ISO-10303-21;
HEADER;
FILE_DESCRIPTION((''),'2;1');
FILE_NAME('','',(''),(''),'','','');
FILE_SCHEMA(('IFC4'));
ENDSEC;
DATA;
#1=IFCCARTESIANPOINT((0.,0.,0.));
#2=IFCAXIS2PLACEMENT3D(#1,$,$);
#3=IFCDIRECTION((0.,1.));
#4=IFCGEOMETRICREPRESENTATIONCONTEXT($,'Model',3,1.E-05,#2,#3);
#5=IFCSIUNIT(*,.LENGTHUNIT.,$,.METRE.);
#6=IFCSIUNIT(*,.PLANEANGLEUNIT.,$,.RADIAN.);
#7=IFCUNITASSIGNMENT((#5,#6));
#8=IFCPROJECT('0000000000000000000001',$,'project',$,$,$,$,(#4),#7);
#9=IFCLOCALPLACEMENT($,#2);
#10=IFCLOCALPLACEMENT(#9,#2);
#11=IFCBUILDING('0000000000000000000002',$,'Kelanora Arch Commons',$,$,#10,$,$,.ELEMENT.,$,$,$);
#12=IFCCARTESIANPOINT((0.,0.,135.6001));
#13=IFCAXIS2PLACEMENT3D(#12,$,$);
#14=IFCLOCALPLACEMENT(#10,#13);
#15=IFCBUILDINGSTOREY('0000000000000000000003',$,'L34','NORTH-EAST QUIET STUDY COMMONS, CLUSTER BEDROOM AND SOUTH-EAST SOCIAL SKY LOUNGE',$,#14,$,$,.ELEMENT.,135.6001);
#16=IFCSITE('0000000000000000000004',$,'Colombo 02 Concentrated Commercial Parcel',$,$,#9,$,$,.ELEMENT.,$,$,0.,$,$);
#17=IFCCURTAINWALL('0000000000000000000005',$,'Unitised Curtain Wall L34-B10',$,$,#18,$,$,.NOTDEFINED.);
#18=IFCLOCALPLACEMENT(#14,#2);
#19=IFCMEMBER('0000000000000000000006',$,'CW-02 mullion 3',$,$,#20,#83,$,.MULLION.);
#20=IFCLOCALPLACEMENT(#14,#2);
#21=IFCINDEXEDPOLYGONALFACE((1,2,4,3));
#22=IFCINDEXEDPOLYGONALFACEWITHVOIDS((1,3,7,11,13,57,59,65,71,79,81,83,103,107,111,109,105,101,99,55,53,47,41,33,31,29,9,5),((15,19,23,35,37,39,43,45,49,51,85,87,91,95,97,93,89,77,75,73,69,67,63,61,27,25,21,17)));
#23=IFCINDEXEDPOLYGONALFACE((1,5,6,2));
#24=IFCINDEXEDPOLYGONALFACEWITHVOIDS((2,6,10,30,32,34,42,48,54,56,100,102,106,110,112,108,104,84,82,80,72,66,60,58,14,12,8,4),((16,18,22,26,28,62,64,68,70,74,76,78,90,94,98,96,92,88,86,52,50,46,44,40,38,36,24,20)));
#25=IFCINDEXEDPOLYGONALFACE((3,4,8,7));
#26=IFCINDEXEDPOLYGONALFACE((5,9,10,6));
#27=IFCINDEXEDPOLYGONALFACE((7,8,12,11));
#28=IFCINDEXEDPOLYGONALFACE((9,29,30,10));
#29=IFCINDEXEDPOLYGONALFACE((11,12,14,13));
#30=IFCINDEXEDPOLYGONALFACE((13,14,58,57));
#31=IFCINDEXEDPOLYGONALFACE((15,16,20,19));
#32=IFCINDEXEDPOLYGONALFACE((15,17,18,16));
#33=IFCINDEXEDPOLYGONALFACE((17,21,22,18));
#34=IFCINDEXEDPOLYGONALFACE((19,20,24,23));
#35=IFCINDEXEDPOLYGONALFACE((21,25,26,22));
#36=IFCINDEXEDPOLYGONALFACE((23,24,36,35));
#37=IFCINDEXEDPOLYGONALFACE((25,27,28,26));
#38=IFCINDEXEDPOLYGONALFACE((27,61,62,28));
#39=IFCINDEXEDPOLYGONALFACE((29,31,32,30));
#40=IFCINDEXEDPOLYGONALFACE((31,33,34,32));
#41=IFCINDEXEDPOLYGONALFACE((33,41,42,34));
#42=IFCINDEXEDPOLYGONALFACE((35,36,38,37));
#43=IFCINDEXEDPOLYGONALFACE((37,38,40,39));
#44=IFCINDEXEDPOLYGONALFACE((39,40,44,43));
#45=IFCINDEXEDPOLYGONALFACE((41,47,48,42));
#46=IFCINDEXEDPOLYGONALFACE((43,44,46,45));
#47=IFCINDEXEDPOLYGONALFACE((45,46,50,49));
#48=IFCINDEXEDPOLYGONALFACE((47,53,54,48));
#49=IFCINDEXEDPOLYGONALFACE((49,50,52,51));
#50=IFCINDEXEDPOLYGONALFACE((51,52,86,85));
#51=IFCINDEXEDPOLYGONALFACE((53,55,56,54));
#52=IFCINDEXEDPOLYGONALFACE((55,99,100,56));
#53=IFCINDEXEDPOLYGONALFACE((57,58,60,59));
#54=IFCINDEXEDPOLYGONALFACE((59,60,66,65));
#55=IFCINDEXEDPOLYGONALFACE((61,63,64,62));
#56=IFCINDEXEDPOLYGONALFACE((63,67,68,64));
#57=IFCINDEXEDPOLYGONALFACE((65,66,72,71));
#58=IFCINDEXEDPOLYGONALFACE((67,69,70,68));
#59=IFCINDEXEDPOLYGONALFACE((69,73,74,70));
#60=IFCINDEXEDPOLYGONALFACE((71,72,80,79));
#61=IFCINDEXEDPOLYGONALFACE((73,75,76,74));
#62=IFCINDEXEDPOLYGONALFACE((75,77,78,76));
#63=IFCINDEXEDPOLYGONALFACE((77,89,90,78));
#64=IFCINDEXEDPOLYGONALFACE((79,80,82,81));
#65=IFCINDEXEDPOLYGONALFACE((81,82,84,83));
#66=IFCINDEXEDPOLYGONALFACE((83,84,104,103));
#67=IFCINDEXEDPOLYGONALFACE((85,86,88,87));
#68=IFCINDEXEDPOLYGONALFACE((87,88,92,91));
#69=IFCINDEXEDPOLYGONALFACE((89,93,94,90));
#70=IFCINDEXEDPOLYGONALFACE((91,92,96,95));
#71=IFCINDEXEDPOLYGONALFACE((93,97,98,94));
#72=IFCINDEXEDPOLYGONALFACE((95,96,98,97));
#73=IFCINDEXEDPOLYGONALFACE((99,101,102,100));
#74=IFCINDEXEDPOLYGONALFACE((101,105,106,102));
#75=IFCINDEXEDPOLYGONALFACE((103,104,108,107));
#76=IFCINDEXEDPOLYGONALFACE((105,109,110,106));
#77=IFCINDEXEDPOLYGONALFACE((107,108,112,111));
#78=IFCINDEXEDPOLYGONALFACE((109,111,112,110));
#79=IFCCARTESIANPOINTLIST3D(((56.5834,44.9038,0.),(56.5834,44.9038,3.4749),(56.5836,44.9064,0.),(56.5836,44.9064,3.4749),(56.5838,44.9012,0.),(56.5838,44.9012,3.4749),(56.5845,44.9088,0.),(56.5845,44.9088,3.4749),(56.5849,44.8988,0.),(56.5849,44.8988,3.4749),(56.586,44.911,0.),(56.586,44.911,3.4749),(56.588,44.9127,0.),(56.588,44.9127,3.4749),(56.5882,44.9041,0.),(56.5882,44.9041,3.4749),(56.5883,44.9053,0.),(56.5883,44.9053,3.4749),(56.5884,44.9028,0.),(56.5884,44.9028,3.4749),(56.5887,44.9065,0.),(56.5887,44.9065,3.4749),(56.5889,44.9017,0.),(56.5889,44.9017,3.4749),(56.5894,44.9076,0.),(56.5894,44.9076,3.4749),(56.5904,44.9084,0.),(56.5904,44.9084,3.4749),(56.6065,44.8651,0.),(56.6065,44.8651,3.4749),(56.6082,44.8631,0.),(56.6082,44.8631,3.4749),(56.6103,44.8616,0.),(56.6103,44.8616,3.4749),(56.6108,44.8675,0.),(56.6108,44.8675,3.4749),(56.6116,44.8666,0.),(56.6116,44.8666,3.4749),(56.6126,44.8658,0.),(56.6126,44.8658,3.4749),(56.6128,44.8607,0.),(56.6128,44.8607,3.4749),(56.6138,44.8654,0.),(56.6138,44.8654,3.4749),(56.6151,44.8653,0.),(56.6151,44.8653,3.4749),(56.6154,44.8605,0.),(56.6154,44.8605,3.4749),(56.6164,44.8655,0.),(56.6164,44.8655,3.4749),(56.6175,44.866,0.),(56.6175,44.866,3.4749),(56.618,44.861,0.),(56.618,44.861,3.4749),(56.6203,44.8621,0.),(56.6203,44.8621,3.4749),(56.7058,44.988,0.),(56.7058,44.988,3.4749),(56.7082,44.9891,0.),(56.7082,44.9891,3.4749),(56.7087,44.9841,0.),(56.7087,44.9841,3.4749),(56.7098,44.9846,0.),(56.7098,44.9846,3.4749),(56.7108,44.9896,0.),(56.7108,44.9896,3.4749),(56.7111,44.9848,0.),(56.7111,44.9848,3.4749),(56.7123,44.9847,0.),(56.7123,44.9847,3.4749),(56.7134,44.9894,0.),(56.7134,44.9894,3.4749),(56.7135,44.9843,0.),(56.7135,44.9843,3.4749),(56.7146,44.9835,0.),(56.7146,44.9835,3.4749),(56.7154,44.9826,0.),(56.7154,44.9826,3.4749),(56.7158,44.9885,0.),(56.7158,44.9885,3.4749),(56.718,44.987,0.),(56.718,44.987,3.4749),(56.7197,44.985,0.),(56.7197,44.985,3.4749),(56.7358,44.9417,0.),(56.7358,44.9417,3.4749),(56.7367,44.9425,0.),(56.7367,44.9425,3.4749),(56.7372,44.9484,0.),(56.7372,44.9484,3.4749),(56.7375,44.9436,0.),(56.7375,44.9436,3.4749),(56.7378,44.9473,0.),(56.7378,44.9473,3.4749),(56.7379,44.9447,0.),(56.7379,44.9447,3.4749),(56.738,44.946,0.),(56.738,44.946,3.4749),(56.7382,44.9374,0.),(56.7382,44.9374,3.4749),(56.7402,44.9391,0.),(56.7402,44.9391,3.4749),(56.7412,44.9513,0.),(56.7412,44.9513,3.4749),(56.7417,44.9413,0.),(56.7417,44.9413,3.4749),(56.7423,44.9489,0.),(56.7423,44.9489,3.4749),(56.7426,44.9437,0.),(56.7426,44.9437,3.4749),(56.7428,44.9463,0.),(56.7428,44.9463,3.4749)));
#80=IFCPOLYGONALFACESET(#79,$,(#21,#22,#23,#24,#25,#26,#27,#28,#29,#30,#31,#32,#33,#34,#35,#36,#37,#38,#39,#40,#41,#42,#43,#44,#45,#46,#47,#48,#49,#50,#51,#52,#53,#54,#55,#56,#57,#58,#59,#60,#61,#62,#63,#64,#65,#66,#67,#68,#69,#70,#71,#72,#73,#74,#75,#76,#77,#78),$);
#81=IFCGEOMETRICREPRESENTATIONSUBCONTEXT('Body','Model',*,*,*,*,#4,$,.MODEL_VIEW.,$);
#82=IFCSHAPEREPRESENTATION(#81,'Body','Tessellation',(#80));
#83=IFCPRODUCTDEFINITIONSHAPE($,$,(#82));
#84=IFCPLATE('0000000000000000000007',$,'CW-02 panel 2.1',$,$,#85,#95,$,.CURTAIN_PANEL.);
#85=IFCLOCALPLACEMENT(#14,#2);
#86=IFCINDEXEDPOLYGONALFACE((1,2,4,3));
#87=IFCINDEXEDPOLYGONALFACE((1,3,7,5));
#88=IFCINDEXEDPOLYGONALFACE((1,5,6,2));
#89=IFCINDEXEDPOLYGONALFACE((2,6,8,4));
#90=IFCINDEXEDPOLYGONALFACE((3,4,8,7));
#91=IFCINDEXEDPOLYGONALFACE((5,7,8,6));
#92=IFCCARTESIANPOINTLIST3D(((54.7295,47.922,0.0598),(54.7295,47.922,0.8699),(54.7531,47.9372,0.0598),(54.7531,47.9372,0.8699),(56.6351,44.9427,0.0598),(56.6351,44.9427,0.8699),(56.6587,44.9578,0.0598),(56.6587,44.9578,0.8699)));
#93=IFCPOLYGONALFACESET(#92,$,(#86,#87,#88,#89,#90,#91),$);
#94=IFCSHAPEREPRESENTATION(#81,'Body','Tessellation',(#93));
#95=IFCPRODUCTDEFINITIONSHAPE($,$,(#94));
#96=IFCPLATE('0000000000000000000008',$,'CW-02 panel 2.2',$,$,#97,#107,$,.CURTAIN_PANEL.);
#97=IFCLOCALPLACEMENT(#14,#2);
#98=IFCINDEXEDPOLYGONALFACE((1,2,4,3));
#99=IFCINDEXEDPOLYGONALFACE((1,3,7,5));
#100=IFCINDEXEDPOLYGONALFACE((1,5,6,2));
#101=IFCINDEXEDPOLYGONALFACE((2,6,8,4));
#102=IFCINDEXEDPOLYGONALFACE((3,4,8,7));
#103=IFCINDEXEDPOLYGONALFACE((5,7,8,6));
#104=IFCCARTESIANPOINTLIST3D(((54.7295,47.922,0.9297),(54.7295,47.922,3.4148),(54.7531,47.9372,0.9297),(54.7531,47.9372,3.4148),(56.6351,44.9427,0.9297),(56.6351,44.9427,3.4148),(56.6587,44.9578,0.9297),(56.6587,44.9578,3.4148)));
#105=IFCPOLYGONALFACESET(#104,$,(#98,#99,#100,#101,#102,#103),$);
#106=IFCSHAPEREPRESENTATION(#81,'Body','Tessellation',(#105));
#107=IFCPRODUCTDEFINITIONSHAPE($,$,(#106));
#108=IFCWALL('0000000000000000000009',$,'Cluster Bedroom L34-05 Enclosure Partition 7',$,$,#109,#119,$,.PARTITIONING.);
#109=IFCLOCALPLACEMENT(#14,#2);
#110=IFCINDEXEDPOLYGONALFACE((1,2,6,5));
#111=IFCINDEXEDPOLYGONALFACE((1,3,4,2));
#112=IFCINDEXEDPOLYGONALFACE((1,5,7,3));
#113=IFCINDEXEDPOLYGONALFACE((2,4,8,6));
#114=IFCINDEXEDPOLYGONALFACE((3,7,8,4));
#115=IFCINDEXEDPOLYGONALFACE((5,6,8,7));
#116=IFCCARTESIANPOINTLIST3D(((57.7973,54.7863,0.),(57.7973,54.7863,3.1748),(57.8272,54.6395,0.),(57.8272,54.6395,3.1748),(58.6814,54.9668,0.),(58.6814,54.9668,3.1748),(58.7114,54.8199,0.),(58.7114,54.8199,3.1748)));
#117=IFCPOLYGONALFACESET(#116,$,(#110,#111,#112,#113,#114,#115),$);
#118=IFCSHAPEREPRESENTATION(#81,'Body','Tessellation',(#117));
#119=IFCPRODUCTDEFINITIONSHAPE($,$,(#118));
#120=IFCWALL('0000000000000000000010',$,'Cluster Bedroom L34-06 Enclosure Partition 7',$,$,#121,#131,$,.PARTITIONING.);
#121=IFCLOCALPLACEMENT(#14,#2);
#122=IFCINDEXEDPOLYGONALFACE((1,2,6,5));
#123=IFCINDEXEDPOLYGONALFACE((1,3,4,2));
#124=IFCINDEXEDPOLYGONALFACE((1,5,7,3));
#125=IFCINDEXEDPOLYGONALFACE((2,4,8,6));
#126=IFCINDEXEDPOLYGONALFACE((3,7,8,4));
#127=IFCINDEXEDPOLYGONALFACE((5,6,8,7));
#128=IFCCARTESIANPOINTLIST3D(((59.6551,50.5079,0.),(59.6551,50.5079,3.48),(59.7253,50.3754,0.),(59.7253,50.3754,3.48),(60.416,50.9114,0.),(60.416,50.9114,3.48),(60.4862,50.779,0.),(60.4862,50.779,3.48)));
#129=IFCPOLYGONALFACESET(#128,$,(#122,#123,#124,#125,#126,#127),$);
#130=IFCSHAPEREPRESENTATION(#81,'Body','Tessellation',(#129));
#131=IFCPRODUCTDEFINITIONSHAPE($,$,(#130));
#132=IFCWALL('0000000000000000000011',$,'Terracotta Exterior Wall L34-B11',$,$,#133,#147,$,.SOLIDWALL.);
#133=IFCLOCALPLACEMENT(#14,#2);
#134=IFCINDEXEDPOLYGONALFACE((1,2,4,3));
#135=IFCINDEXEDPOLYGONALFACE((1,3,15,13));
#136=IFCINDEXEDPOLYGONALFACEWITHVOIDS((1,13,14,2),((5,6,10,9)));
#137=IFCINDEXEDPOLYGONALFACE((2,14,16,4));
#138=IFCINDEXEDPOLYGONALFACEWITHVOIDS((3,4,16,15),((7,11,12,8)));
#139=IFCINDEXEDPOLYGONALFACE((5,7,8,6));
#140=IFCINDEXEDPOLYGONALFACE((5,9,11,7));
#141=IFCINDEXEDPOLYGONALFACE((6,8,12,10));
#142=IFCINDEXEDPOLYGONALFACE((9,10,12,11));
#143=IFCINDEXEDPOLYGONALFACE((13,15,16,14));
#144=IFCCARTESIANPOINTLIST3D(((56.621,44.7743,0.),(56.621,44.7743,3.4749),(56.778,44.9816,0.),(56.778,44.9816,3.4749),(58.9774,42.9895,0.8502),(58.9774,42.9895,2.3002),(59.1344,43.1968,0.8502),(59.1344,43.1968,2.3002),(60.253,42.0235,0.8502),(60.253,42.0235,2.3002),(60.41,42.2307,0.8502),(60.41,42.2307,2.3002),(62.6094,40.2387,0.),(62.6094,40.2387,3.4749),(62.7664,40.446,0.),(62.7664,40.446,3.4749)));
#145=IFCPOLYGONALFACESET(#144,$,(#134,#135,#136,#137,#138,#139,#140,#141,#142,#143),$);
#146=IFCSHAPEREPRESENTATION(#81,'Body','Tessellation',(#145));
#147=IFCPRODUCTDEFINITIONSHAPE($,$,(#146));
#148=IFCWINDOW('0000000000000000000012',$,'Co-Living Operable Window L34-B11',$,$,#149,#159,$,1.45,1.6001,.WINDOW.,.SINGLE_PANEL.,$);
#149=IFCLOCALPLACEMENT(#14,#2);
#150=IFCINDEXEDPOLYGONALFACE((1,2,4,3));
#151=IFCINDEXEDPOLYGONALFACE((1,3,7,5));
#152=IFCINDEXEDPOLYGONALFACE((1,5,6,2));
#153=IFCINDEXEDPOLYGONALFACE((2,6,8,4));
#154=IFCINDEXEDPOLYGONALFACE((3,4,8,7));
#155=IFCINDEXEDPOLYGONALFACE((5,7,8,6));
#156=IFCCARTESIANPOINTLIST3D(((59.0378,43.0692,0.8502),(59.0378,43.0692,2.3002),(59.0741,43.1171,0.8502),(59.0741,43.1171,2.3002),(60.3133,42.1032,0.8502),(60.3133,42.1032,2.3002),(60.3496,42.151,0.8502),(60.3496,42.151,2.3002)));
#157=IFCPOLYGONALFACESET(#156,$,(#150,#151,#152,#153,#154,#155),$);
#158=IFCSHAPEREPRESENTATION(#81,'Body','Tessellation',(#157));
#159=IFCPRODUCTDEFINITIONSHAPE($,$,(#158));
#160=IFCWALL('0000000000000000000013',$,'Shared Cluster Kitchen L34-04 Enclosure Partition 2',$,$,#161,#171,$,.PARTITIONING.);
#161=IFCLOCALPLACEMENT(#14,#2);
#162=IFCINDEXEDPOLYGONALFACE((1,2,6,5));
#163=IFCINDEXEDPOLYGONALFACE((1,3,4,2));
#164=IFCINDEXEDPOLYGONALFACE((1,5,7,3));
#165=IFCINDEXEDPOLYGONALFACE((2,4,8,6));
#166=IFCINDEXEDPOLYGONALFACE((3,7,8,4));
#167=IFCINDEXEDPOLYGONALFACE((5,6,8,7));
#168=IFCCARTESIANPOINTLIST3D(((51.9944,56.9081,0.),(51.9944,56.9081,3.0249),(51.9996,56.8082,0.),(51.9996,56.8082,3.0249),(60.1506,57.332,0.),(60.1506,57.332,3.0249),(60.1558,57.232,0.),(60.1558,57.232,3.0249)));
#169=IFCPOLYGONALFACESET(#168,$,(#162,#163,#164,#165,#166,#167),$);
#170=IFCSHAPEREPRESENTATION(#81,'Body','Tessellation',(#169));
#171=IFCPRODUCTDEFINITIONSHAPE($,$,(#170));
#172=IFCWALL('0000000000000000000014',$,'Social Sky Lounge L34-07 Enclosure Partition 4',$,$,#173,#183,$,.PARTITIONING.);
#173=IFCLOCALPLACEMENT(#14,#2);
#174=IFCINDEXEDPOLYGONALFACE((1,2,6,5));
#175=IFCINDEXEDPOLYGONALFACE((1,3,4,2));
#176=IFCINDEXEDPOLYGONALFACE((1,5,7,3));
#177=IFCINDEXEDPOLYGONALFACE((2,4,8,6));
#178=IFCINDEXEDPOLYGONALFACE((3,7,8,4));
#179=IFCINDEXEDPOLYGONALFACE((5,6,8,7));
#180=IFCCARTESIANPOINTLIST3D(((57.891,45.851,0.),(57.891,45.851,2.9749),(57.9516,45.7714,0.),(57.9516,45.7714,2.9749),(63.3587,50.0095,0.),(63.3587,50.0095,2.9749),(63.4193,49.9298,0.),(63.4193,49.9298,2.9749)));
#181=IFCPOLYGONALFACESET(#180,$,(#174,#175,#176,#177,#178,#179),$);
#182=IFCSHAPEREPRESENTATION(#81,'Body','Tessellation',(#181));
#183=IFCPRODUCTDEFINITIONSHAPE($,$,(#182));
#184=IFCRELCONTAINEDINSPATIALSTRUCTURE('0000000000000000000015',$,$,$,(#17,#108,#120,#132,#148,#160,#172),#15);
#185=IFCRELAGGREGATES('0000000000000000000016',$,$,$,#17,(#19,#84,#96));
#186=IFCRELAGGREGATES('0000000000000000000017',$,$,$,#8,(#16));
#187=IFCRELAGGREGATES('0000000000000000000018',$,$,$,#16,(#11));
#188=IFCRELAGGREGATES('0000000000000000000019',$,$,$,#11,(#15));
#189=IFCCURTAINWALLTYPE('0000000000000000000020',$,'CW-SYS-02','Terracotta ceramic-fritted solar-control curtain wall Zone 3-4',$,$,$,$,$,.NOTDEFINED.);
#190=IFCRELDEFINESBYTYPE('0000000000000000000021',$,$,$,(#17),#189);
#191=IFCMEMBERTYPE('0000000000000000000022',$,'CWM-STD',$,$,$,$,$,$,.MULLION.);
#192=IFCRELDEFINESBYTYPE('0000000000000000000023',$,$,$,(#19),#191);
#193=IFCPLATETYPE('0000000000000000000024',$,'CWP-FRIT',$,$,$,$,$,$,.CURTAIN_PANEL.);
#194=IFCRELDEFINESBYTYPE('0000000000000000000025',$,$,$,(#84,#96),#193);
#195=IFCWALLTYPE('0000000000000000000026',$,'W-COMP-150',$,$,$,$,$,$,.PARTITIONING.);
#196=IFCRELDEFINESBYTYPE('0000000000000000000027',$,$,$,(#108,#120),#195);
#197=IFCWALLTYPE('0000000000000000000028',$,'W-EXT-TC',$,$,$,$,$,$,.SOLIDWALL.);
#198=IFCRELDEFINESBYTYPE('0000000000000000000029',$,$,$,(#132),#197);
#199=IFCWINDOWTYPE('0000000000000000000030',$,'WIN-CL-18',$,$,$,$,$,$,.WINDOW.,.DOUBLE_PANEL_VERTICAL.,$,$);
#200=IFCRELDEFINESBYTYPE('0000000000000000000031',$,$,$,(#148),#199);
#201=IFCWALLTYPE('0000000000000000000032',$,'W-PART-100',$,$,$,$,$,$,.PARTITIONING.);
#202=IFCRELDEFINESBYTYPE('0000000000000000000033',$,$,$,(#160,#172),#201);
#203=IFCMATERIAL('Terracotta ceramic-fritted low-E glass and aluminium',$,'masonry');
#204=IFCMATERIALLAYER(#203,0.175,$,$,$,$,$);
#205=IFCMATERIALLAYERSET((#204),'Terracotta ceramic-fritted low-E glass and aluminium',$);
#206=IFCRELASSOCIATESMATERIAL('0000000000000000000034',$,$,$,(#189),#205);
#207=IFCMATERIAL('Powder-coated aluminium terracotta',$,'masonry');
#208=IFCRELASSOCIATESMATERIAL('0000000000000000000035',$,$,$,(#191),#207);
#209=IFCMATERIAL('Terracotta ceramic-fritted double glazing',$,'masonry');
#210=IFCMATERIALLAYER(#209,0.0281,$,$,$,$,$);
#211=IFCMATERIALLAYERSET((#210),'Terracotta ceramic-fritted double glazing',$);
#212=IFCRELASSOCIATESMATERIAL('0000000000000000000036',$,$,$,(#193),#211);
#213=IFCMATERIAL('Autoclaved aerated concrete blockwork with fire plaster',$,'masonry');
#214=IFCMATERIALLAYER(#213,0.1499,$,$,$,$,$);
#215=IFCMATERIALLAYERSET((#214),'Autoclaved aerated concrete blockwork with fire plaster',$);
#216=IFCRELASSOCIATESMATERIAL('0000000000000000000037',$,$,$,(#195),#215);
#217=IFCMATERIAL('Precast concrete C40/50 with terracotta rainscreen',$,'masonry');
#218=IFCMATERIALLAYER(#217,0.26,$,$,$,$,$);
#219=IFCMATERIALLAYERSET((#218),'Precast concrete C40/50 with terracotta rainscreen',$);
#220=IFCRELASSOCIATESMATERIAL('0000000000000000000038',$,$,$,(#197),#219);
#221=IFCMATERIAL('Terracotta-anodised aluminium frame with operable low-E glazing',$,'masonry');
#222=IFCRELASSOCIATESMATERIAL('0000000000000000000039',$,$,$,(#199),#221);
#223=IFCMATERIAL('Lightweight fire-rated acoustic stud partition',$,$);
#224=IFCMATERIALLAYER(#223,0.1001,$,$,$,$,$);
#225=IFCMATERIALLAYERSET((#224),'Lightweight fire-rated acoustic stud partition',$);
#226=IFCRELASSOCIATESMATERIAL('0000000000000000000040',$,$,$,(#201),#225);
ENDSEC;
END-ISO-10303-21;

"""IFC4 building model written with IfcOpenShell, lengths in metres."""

from ifc_helpers import new_model, si_unit, direction, frame, frame_2d, origin, origin_2d, place, context, subcontext, project, spatial, rectangle, hollow_rectangle, extrude, source, transform, mapped, material, layer, layer_set, material_profile, profile_set, type_object, element, fill, aggregate, save


model = new_model("IFC4")

# Units and contexts
model_context = context("Model", 3, precision=1e-05, world=origin(), true_north=direction((0.0, 1.0)))
body_context = subcontext(model_context, "Body", "Model", "MODEL_VIEW")
ifc_project = project(units=[si_unit("LENGTHUNIT", "METRE"), si_unit("PLANEANGLEUNIT", "RADIAN")], contexts=[model_context])

# Site, building, storey
site_placement = place(None, origin())
site = spatial("IfcSite", under=ifc_project, at=site_placement, Name="Colombo 02 Concentrated Commercial Parcel", CompositionType="ELEMENT", RefElevation=0.0)
building_placement = place(site_placement, origin())
building = spatial("IfcBuilding", under=site, at=building_placement, Name="Kelanora Arch Commons", CompositionType="ELEMENT")
storey_placement = place(building_placement, frame((0.0, 0.0, 135.6001)))
storey = spatial("IfcBuildingStorey", under=building, at=storey_placement, Name="L34", Description="NORTH-EAST QUIET STUDY COMMONS, CLUSTER BEDROOM AND SOUTH-EAST SOCIAL SKY LOUNGE", CompositionType="ELEMENT", Elevation=135.6001)

# Curtain wall, member, plates
ifc_material_1 = material(Name="Terracotta ceramic-fritted low-E glass and aluminium", Category="masonry")
ifc_layer_1 = layer(ifc_material_1, 0.175)
ifc_layer_set_1 = layer_set([ifc_layer_1], Name="Terracotta ceramic-fritted low-E glass and aluminium")
curtain_wall_type = type_object("IfcCurtainWallType", Name="CW-SYS-02", Description="Terracotta ceramic-fritted solar-control curtain wall Zone 3-4", PredefinedType="NOTDEFINED", material=ifc_layer_set_1)
curtain_wall_placement = place(storey_placement, origin())
curtain_wall = element("IfcCurtainWall", 1, at=curtain_wall_placement, inside=storey, type_object=curtain_wall_type, Name="Unitised Curtain Wall L34-B10", PredefinedType="NOTDEFINED")
ifc_material_2 = material(Name="Powder-coated aluminium terracotta", Category="masonry")
ifc_material_profile_1 = material_profile(ifc_material_2, hollow_rectangle(XDim=0.1599, YDim=0.0601, WallThickness=0.0049, InnerFilletRadius=0.0049, OuterFilletRadius=0.01, at=origin_2d()), Name="CWM160x60")
ifc_profile_set_1 = profile_set([ifc_material_profile_1], Name="Powder-coated aluminium terracotta")
member_type = type_object("IfcMemberType", Name="CWM-STD", PredefinedType="MULLION", material=ifc_profile_set_1)
member_placement = place(storey_placement, frame((56.6631, 44.925, 0.0), z_axis=(0.0, 0.0, 1.0), x_axis=(0.842423, 0.538817, 0.0)))
member = element("IfcMember", 2, at=member_placement, type_object=member_type, Name="CW-02 mullion 3", PredefinedType="MULLION", context=body_context, shape_type="SweptSolid", body=[
    extrude(hollow_rectangle(XDim=0.1599, YDim=0.0601, WallThickness=0.0049, InnerFilletRadius=0.0049, OuterFilletRadius=0.01, at=origin_2d()), origin(), (0.0, 0.0, 1.0), 3.4749),
])
ifc_material_3 = material(Name="Terracotta ceramic-fritted double glazing", Category="masonry")
ifc_layer_2 = layer(ifc_material_3, 0.0281)
ifc_layer_set_2 = layer_set([ifc_layer_2], Name="Terracotta ceramic-fritted double glazing")
plate_type = type_object("IfcPlateType", Name="CWP-FRIT", PredefinedType="CURTAIN_PANEL", material=ifc_layer_set_2)
shared_shape_1 = source(origin(), body_context, "Body", "SweptSolid", [
    extrude(rectangle(XDim=3.5366, YDim=0.0281, at=origin_2d()), origin(), (0.0, 0.0, 1.0), 0.8101),
])
plate_1_placement = place(storey_placement, frame((55.6941, 46.4399, 0.0598), z_axis=(0.0, 0.0, 1.0), x_axis=(0.538817, -0.842423, 0.0)))
plate_1 = element("IfcPlate", 3, at=plate_1_placement, type_object=plate_type, Name="CW-02 panel 2.1", PredefinedType="CURTAIN_PANEL", context=body_context, shape_type="MappedRepresentation", body=[
    mapped(shared_shape_1, transform((0.0, 0.0, 0.0), scale=1.0)),
])
shared_shape_2 = source(origin(), body_context, "Body", "SweptSolid", [
    extrude(rectangle(XDim=3.5366, YDim=0.0281, at=origin_2d()), origin(), (0.0, 0.0, 1.0), 2.4851),
])
plate_2_placement = place(storey_placement, frame((55.6941, 46.4399, 0.9297), z_axis=(0.0, 0.0, 1.0), x_axis=(0.538817, -0.842423, 0.0)))
plate_2 = element("IfcPlate", 4, at=plate_2_placement, type_object=plate_type, Name="CW-02 panel 2.2", PredefinedType="CURTAIN_PANEL", context=body_context, shape_type="MappedRepresentation", body=[
    mapped(shared_shape_2, transform((0.0, 0.0, 0.0), scale=1.0)),
])
aggregate(curtain_wall, [member, plate_1, plate_2])

# Walls
ifc_material_4 = material(Name="Autoclaved aerated concrete blockwork with fire plaster", Category="masonry")
ifc_layer_3 = layer(ifc_material_4, 0.1499)
ifc_layer_set_3 = layer_set([ifc_layer_3], Name="Autoclaved aerated concrete blockwork with fire plaster")
wall_type_1 = type_object("IfcWallType", Name="W-COMP-150", PredefinedType="PARTITIONING", material=ifc_layer_set_3)
wall_1_placement = place(storey_placement, frame((57.8123, 54.7129, 0.0), z_axis=(0.0, 0.0, 1.0), x_axis=(0.979803, 0.199965, 0.0)))
element("IfcWall", 5, at=wall_1_placement, inside=storey, type_object=wall_type_1, Name="Cluster Bedroom L34-05 Enclosure Partition 7", PredefinedType="PARTITIONING", context=body_context, shape_type="SweptSolid", body=[
    extrude(rectangle(XDim=0.9023, YDim=0.1499, at=frame_2d((0.4512, 0.0))), origin(), (0.0, 0.0, 1.0), 3.1748),
])
wall_2_placement = place(storey_placement, frame((59.6902, 50.4417, 0.0), z_axis=(0.0, 0.0, 1.0), x_axis=(0.883457, 0.468513, 0.0)))
element("IfcWall", 6, at=wall_2_placement, inside=storey, type_object=wall_type_1, Name="Cluster Bedroom L34-06 Enclosure Partition 7", PredefinedType="PARTITIONING", context=body_context, shape_type="SweptSolid", body=[
    extrude(rectangle(XDim=0.8613, YDim=0.1499, at=frame_2d((0.4307, 0.0))), origin(), (0.0, 0.0, 1.0), 3.48),
])

# Wall, opening, window
ifc_material_5 = material(Name="Precast concrete C40/50 with terracotta rainscreen", Category="masonry")
ifc_layer_4 = layer(ifc_material_5, 0.26)
ifc_layer_set_4 = layer_set([ifc_layer_4], Name="Precast concrete C40/50 with terracotta rainscreen")
wall_type_2 = type_object("IfcWallType", Name="W-EXT-TC", PredefinedType="SOLIDWALL", material=ifc_layer_set_4)
wall_3_placement = place(storey_placement, frame((56.6995, 44.8779, 0.0), z_axis=(0.0, 0.0, 1.0), x_axis=(0.797164, -0.603763, 0.0)))
wall_3 = element("IfcWall", 7, at=wall_3_placement, inside=storey, type_object=wall_type_2, Name="Terracotta Exterior Wall L34-B11", PredefinedType="SOLIDWALL", context=body_context, shape_type="SweptSolid", body=[
    extrude(rectangle(XDim=7.5122, YDim=0.26, at=frame_2d((3.7561, 0.0))), origin(), (0.0, 0.0, 1.0), 3.4749),
])
opening_1_placement = place(wall_3_placement, frame((2.9561, 0.0, 0.8501)))
opening_1 = element("IfcOpeningElement", 8, at=opening_1_placement, cuts=wall_3, PredefinedType="OPENING", context=body_context, shape_type="SweptSolid", body=[
    extrude(rectangle(XDim=1.6001, YDim=1.45, at=frame_2d((0.8, 0.7251))), frame((0.0, 0.1401, 0.0), z_axis=(0.0, -1.0, 0.0), x_axis=(1.0, 0.0, 0.0)), (0.0, 0.0, 1.0), 0.28),
])
ifc_material_6 = material(Name="Terracotta-anodised aluminium frame with operable low-E glazing", Category="masonry")
window_type = type_object("IfcWindowType", Name="WIN-CL-18", PartitioningType="DOUBLE_PANEL_VERTICAL", PredefinedType="WINDOW", material=ifc_material_6)
window_placement = place(opening_1_placement, origin())
window = element("IfcWindow", 9, at=window_placement, inside=storey, type_object=window_type, Name="Co-Living Operable Window L34-B11", OverallHeight=1.45, OverallWidth=1.6001, PartitioningType="SINGLE_PANEL", PredefinedType="WINDOW", context=body_context, shape_type="SweptSolid", body=[
    extrude(rectangle(XDim=1.6001, YDim=1.45, at=frame_2d((0.8, 0.7251))), frame((0.0, 0.03, 0.0), z_axis=(0.0, -1.0, 0.0), x_axis=(1.0, 0.0, 0.0)), (0.0, 0.0, 1.0), 0.0601),
])
fill(opening_1, window)

# Walls
ifc_material_7 = material(Name="Lightweight fire-rated acoustic stud partition")
ifc_layer_5 = layer(ifc_material_7, 0.1001)
ifc_layer_set_5 = layer_set([ifc_layer_5], Name="Lightweight fire-rated acoustic stud partition")
wall_type_3 = type_object("IfcWallType", Name="W-PART-100", PredefinedType="PARTITIONING", material=ifc_layer_set_5)
wall_4_placement = place(storey_placement, frame((60.1531, 57.282, 0.0), z_axis=(0.0, 0.0, 1.0), x_axis=(-0.998653, -0.051894, 0.0)))
element("IfcWall", 10, at=wall_4_placement, inside=storey, type_object=wall_type_3, Name="Shared Cluster Kitchen L34-04 Enclosure Partition 2", PredefinedType="PARTITIONING", context=body_context, shape_type="SweptSolid", body=[
    extrude(rectangle(XDim=8.1672, YDim=0.1001, at=frame_2d((4.0835, 0.0))), origin(), (0.0, 0.0, 1.0), 3.0249),
])
wall_5_placement = place(storey_placement, frame((57.9214, 45.8113, 0.0), z_axis=(0.0, 0.0, 1.0), x_axis=(0.795956, 0.605354, 0.0)))
element("IfcWall", 11, at=wall_5_placement, inside=storey, type_object=wall_type_3, Name="Social Sky Lounge L34-07 Enclosure Partition 4", PredefinedType="PARTITIONING", context=body_context, shape_type="SweptSolid", body=[
    extrude(rectangle(XDim=6.8694, YDim=0.1001, at=frame_2d((3.4346, 0.0))), origin(), (0.0, 0.0, 1.0), 2.9749),
])

save(model, "model.ifc")
